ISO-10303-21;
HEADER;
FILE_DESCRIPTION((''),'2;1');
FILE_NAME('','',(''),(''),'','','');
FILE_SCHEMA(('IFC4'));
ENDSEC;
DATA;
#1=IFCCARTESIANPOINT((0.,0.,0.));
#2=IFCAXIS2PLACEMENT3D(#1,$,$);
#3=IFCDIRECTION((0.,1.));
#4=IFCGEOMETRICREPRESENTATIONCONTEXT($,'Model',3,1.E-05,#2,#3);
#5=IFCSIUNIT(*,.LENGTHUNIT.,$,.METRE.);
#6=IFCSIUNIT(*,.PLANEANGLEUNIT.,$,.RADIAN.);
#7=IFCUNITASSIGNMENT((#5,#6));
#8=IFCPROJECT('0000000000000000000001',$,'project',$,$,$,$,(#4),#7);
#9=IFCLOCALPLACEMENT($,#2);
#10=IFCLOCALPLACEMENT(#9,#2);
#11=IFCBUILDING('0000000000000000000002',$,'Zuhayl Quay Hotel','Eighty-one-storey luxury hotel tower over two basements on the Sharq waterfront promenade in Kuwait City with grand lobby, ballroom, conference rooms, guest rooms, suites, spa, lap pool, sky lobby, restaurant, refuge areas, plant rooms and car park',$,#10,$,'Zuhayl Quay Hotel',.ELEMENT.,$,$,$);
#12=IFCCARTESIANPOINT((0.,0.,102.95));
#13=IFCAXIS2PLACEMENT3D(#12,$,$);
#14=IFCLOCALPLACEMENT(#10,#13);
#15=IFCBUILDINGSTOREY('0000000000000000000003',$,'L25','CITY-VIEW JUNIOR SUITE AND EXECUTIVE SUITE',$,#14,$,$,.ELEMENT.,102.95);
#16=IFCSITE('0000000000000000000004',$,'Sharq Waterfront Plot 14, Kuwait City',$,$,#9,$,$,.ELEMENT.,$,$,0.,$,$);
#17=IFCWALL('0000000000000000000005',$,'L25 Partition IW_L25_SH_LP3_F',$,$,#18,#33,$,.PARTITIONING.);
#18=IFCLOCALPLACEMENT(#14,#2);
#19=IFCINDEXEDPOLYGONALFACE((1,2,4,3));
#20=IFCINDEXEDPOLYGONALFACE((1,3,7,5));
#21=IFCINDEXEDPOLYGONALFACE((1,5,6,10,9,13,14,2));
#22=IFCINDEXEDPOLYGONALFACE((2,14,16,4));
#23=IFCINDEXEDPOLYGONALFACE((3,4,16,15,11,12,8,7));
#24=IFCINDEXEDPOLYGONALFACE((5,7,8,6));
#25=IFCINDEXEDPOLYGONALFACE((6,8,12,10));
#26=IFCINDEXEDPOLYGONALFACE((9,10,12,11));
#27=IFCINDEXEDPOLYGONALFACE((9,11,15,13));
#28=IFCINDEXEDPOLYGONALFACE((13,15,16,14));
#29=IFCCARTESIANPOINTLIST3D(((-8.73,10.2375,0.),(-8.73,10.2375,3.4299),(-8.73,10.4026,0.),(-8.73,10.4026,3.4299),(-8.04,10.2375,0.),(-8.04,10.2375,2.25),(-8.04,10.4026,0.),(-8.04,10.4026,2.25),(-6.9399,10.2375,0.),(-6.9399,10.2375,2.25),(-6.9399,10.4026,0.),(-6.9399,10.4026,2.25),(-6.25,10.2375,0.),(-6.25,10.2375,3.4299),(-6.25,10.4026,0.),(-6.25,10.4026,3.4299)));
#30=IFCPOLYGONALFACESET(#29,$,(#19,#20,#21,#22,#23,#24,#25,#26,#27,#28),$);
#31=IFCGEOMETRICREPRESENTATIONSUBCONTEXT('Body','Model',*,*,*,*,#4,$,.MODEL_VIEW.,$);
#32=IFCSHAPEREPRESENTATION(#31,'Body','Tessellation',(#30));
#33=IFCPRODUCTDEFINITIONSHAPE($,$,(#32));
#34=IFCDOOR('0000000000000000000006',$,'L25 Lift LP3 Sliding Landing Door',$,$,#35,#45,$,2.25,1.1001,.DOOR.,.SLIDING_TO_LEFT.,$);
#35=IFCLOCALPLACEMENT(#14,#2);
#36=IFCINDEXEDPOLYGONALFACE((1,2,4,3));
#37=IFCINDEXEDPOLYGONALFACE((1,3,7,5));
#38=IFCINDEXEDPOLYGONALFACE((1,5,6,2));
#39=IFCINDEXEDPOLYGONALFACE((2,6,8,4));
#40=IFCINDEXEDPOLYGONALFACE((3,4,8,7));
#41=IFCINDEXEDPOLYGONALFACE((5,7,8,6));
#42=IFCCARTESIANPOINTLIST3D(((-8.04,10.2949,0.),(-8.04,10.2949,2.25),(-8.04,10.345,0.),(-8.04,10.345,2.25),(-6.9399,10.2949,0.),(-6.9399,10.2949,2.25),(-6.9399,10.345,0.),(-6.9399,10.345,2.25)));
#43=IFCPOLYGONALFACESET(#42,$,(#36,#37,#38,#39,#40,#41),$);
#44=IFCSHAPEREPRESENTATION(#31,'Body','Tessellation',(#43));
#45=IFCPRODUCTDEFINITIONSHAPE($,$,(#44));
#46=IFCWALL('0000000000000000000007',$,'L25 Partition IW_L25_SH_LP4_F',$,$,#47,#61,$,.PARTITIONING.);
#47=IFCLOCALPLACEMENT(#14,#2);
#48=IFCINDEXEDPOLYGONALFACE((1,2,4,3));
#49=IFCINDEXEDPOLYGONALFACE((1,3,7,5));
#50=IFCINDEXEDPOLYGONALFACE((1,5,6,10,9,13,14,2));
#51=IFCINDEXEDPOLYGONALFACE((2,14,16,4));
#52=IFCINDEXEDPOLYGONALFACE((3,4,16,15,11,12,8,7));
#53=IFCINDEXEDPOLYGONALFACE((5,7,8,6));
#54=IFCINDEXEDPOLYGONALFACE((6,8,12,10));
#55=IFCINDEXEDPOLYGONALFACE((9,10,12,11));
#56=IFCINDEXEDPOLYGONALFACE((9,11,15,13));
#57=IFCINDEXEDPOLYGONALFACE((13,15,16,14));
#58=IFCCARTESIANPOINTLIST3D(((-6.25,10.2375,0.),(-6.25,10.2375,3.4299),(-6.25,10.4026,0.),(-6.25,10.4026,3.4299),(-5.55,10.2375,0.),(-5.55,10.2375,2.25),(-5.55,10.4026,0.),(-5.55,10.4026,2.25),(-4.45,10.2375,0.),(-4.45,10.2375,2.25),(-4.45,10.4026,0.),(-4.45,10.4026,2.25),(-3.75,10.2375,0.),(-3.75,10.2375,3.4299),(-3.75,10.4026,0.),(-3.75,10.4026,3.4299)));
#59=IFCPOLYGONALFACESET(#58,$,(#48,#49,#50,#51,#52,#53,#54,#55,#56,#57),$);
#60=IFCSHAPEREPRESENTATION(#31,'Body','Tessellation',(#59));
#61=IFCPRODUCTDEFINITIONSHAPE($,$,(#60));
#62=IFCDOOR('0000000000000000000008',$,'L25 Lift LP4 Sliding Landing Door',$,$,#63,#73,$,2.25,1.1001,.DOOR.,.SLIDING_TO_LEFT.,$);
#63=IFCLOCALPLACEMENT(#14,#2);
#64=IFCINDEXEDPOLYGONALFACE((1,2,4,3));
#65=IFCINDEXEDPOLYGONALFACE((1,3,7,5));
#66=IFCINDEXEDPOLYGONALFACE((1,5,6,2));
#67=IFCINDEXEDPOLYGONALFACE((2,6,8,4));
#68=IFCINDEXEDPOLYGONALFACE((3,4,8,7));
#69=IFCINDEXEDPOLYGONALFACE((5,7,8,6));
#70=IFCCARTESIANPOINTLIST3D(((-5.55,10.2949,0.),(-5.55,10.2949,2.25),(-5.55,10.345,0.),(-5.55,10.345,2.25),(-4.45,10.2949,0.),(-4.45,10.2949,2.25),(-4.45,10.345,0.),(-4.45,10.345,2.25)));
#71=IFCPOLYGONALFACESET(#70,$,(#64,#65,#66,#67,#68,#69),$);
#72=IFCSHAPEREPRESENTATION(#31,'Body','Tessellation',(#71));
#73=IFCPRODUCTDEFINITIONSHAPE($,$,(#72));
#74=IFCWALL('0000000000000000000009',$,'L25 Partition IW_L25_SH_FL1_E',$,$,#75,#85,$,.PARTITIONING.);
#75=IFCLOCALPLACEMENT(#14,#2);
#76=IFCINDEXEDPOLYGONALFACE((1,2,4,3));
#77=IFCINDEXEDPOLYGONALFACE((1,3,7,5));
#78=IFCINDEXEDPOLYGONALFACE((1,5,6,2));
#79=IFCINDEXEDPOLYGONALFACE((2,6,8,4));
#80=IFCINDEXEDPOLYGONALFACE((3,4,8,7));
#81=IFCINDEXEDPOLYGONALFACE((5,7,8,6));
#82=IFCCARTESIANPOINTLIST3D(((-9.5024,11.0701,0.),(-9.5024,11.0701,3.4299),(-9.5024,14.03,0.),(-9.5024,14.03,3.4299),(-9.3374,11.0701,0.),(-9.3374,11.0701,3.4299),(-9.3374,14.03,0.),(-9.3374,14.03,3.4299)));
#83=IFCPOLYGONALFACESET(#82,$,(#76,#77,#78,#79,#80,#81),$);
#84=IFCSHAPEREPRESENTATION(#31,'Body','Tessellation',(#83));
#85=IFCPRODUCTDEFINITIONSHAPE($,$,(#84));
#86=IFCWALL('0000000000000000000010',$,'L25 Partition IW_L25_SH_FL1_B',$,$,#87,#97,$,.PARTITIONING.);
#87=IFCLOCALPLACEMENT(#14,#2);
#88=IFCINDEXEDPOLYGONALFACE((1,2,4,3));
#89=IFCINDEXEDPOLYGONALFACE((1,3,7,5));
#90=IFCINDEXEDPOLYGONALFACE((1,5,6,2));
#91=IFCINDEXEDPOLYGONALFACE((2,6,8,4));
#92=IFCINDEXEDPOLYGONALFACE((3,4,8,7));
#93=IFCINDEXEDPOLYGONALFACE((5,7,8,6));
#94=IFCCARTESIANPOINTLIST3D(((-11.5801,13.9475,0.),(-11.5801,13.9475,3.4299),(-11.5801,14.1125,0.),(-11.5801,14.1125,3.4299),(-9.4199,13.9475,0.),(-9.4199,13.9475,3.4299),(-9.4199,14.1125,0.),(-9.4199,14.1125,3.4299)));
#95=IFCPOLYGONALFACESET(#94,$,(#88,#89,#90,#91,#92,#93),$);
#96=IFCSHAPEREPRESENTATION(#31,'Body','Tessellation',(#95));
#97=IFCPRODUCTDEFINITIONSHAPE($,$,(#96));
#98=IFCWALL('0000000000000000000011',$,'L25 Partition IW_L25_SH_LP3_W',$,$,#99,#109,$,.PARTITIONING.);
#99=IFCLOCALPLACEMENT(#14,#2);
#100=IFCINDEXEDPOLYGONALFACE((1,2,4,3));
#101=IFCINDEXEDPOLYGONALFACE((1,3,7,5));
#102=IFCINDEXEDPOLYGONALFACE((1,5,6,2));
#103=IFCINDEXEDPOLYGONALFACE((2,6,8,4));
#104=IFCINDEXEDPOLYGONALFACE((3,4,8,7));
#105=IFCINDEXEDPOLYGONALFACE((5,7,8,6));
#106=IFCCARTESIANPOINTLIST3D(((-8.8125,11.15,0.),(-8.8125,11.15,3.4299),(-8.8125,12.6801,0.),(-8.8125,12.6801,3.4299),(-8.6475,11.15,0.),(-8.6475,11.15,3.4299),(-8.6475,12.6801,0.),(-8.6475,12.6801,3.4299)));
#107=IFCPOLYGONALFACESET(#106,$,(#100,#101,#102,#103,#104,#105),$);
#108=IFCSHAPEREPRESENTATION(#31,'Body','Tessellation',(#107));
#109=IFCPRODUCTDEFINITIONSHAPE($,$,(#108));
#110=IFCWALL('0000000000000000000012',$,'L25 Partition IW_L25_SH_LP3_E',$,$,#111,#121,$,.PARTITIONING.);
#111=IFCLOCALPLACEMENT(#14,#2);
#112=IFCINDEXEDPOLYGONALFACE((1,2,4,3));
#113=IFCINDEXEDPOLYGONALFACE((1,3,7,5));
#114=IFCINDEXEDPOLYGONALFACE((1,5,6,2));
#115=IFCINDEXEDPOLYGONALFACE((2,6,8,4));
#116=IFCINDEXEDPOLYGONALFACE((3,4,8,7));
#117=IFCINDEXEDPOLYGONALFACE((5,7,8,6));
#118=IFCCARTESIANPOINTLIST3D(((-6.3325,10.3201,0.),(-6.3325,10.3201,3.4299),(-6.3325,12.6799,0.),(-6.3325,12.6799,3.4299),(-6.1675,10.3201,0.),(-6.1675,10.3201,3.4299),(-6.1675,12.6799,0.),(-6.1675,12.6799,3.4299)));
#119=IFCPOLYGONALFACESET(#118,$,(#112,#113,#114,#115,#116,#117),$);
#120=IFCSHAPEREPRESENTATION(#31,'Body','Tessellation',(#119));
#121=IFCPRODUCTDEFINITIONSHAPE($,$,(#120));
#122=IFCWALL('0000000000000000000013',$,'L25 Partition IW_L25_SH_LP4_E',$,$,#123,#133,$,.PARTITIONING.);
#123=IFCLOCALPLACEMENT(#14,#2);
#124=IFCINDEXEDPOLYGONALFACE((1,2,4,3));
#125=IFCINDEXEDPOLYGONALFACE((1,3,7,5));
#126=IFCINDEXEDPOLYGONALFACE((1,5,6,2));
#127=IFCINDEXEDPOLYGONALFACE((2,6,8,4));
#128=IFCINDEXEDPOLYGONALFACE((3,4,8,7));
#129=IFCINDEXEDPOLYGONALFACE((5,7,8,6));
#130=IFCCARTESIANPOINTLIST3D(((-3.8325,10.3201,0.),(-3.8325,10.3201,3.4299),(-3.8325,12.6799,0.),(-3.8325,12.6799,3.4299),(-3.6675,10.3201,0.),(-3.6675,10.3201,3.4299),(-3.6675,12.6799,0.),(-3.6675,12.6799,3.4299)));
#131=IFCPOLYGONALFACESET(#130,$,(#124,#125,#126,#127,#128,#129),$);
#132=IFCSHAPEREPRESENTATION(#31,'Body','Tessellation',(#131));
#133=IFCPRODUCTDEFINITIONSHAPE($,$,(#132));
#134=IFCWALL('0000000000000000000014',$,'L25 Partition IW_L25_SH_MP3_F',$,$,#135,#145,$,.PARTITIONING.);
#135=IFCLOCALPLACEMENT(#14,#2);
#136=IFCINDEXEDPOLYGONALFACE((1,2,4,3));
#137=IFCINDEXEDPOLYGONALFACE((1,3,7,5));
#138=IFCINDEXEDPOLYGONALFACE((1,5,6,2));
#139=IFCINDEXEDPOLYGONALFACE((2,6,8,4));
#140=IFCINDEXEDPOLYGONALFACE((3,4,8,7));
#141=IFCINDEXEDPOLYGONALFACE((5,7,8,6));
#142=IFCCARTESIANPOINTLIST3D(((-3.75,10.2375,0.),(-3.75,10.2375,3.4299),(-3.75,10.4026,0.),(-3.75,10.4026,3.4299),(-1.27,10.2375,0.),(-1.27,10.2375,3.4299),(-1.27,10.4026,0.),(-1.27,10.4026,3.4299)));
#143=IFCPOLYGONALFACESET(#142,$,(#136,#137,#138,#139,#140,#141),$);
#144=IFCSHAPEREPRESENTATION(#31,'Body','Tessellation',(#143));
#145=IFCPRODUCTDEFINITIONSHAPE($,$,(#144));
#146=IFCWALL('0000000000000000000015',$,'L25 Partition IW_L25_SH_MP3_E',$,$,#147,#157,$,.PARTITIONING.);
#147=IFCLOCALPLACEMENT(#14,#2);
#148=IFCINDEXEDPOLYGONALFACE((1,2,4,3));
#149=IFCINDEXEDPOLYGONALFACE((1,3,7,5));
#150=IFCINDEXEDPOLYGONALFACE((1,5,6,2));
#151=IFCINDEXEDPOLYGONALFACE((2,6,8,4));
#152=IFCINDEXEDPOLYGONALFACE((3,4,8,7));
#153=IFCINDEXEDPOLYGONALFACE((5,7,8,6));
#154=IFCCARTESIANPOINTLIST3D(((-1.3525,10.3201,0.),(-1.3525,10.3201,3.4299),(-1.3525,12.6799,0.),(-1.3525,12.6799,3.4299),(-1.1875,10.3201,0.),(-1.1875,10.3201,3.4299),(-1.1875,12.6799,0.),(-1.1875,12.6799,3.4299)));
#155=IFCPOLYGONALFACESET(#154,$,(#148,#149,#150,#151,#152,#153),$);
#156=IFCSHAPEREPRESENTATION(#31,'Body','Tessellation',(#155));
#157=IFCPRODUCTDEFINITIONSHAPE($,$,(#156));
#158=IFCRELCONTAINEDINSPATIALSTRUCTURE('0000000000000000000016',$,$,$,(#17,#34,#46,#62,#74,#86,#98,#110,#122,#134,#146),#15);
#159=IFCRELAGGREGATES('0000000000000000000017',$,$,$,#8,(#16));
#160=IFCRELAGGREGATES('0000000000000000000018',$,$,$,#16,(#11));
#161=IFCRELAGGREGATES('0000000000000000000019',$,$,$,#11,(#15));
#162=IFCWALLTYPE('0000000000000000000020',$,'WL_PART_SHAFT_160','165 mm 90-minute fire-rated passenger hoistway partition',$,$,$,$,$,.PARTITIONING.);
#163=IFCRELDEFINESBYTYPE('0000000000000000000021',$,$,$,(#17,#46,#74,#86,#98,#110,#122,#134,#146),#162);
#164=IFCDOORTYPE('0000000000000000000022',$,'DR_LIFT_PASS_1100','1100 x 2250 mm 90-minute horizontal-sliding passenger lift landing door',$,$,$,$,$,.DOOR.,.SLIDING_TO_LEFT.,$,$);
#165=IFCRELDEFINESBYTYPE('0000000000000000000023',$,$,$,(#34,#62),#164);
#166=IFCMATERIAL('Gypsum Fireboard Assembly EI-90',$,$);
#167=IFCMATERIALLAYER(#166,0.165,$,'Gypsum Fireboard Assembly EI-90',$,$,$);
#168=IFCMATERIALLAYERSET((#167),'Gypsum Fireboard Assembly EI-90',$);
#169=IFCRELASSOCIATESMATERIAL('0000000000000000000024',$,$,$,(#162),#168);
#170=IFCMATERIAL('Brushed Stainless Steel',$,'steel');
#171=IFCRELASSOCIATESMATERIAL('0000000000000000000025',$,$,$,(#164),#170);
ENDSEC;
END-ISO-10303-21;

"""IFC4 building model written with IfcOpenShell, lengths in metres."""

from ifc_helpers import new_model, si_unit, direction, frame, frame_2d, origin, place, context, subcontext, project, spatial, rectangle, extrude, material, layer, layer_set, type_object, element, fill, save


model = new_model("IFC4")

# Units and contexts
model_context = context("Model", 3, precision=1e-05, world=origin(), true_north=direction((0.0, 1.0)))
body_context = subcontext(model_context, "Body", "Model", "MODEL_VIEW")
ifc_project = project(units=[si_unit("LENGTHUNIT", "METRE"), si_unit("PLANEANGLEUNIT", "RADIAN")], contexts=[model_context])

# Site, building, storey
site_placement = place(None, origin())
site = spatial("IfcSite", under=ifc_project, at=site_placement, Name="Sharq Waterfront Plot 14, Kuwait City", CompositionType="ELEMENT", RefElevation=0.0)
building_placement = place(site_placement, origin())
building = spatial("IfcBuilding", under=site, at=building_placement, Name="Zuhayl Quay Hotel", Description="Eighty-one-storey luxury hotel tower over two basements on the Sharq waterfront promenade in Kuwait City with grand lobby, ballroom, conference rooms, guest rooms, suites, spa, lap pool, sky lobby, restaurant, refuge areas, plant rooms and car park", LongName="Zuhayl Quay Hotel", CompositionType="ELEMENT")
storey_placement = place(building_placement, frame((0.0, 0.0, 102.95)))
storey = spatial("IfcBuildingStorey", under=building, at=storey_placement, Name="L25", Description="CITY-VIEW JUNIOR SUITE AND EXECUTIVE SUITE", CompositionType="ELEMENT", Elevation=102.95)

# Walls, openings, doors
ifc_material_1 = material(Name="Gypsum Fireboard Assembly EI-90")
ifc_layer_1 = layer(ifc_material_1, 0.165, Name="Gypsum Fireboard Assembly EI-90")
ifc_layer_set_1 = layer_set([ifc_layer_1], Name="Gypsum Fireboard Assembly EI-90")
wall_type_1 = type_object("IfcWallType", Name="WL_PART_SHAFT_160", Description="165 mm 90-minute fire-rated passenger hoistway partition", PredefinedType="PARTITIONING", material=ifc_layer_set_1)
ifc_material_2 = material(Name="Brushed Stainless Steel", Category="steel")
wall_1_placement = place(storey_placement, frame((-8.73, 10.3201, 0.0), z_axis=(0.0, 0.0, 1.0), x_axis=(1.0, 0.0, 0.0)))
wall_1 = element("IfcWall", 1, at=wall_1_placement, inside=storey, type_object=wall_type_1, Name="L25 Partition IW_L25_SH_LP3_F", PredefinedType="PARTITIONING", context=body_context, shape_type="SweptSolid", body=[
    extrude(rectangle(XDim=2.48, YDim=0.165, at=frame_2d((1.24, 0.0))), origin(), (0.0, 0.0, 1.0), 3.4299),
])
opening_1_placement = place(wall_1_placement, frame((0.6899, 0.0, 0.0)))
opening_1 = element("IfcOpeningElement", 2, at=opening_1_placement, cuts=wall_1, PredefinedType="OPENING", context=body_context, shape_type="SweptSolid", body=[
    extrude(rectangle(XDim=1.1001, YDim=2.25, at=frame_2d((0.55, 1.125))), frame((0.0, 0.0925, 0.0), z_axis=(0.0, -1.0, 0.0), x_axis=(1.0, 0.0, 0.0)), (0.0, 0.0, 1.0), 0.1851),
])
door_type_1 = type_object("IfcDoorType", Name="DR_LIFT_PASS_1100", Description="1100 x 2250 mm 90-minute horizontal-sliding passenger lift landing door", OperationType="SLIDING_TO_LEFT", PredefinedType="DOOR", material=ifc_material_2)
door_1_placement = place(opening_1_placement, origin())
door_1 = element("IfcDoor", 3, at=door_1_placement, inside=storey, type_object=door_type_1, Name="L25 Lift LP3 Sliding Landing Door", OperationType="SLIDING_TO_LEFT", OverallHeight=2.25, OverallWidth=1.1001, PredefinedType="DOOR", context=body_context, shape_type="SweptSolid", body=[
    extrude(rectangle(XDim=1.1001, YDim=2.25, at=frame_2d((0.55, 1.125))), frame((0.0, 0.0249, 0.0), z_axis=(0.0, -1.0, 0.0), x_axis=(1.0, 0.0, 0.0)), (0.0, 0.0, 1.0), 0.05),
])
fill(opening_1, door_1)
wall_2_placement = place(storey_placement, frame((-6.25, 10.3201, 0.0), z_axis=(0.0, 0.0, 1.0), x_axis=(1.0, 0.0, 0.0)))
wall_2 = element("IfcWall", 4, at=wall_2_placement, inside=storey, type_object=wall_type_1, Name="L25 Partition IW_L25_SH_LP4_F", PredefinedType="PARTITIONING", context=body_context, shape_type="SweptSolid", body=[
    extrude(rectangle(XDim=2.5, YDim=0.165, at=frame_2d((1.25, 0.0))), origin(), (0.0, 0.0, 1.0), 3.4299),
])
opening_2_placement = place(wall_2_placement, frame((0.7, 0.0, 0.0)))
opening_2 = element("IfcOpeningElement", 5, at=opening_2_placement, cuts=wall_2, PredefinedType="OPENING", context=body_context, shape_type="SweptSolid", body=[
    extrude(rectangle(XDim=1.1001, YDim=2.25, at=frame_2d((0.55, 1.125))), frame((0.0, 0.0925, 0.0), z_axis=(0.0, -1.0, 0.0), x_axis=(1.0, 0.0, 0.0)), (0.0, 0.0, 1.0), 0.1851),
])
door_2_placement = place(opening_2_placement, origin())
door_2 = element("IfcDoor", 6, at=door_2_placement, inside=storey, type_object=door_type_1, Name="L25 Lift LP4 Sliding Landing Door", OperationType="SLIDING_TO_LEFT", OverallHeight=2.25, OverallWidth=1.1001, PredefinedType="DOOR", context=body_context, shape_type="SweptSolid", body=[
    extrude(rectangle(XDim=1.1001, YDim=2.25, at=frame_2d((0.55, 1.125))), frame((0.0, 0.0249, 0.0), z_axis=(0.0, -1.0, 0.0), x_axis=(1.0, 0.0, 0.0)), (0.0, 0.0, 1.0), 0.05),
])
fill(opening_2, door_2)

# Walls
wall_3_placement = place(storey_placement, frame((-9.4199, 11.0701, 0.0), z_axis=(0.0, 0.0, 1.0), x_axis=(0.0, 1.0, 0.0)))
element("IfcWall", 7, at=wall_3_placement, inside=storey, type_object=wall_type_1, Name="L25 Partition IW_L25_SH_FL1_E", PredefinedType="PARTITIONING", context=body_context, shape_type="SweptSolid", body=[
    extrude(rectangle(XDim=2.96, YDim=0.165, at=frame_2d((1.48, 0.0))), origin(), (0.0, 0.0, 1.0), 3.4299),
])
wall_4_placement = place(storey_placement, frame((-11.5801, 14.03, 0.0), z_axis=(0.0, 0.0, 1.0), x_axis=(1.0, 0.0, 0.0)))
element("IfcWall", 8, at=wall_4_placement, inside=storey, type_object=wall_type_1, Name="L25 Partition IW_L25_SH_FL1_B", PredefinedType="PARTITIONING", context=body_context, shape_type="SweptSolid", body=[
    extrude(rectangle(XDim=2.1602, YDim=0.165, at=frame_2d((1.0801, 0.0))), origin(), (0.0, 0.0, 1.0), 3.4299),
])
wall_5_placement = place(storey_placement, frame((-8.73, 11.1499, 0.0), z_axis=(0.0, 0.0, 1.0), x_axis=(0.0, 1.0, 0.0)))
element("IfcWall", 9, at=wall_5_placement, inside=storey, type_object=wall_type_1, Name="L25 Partition IW_L25_SH_LP3_W", PredefinedType="PARTITIONING", context=body_context, shape_type="SweptSolid", body=[
    extrude(rectangle(XDim=1.53, YDim=0.165, at=frame_2d((0.7651, 0.0))), origin(), (0.0, 0.0, 1.0), 3.4299),
])
for number, where, z_axis, x_axis, name in (
    (10, (-6.25, 10.3201, 0.0), (0.0, 0.0, 1.0), (0.0, 1.0, 0.0), "L25 Partition IW_L25_SH_LP3_E"),
    (11, (-3.75, 10.3201, 0.0), (0.0, 0.0, 1.0), (0.0, 1.0, 0.0), "L25 Partition IW_L25_SH_LP4_E"),
):
    element("IfcWall", number, at=place(storey_placement, frame(where, z_axis=z_axis, x_axis=x_axis)), inside=storey, type_object=wall_type_1, Name=name, PredefinedType="PARTITIONING", context=body_context, shape_type="SweptSolid", body=[
        extrude(rectangle(XDim=2.3599, YDim=0.165, at=frame_2d((1.1799, 0.0))), origin(), (0.0, 0.0, 1.0), 3.4299),
    ])
wall_6_placement = place(storey_placement, frame((-3.75, 10.3201, 0.0), z_axis=(0.0, 0.0, 1.0), x_axis=(1.0, 0.0, 0.0)))
element("IfcWall", 12, at=wall_6_placement, inside=storey, type_object=wall_type_1, Name="L25 Partition IW_L25_SH_MP3_F", PredefinedType="PARTITIONING", context=body_context, shape_type="SweptSolid", body=[
    extrude(rectangle(XDim=2.48, YDim=0.165, at=frame_2d((1.24, 0.0))), origin(), (0.0, 0.0, 1.0), 3.4299),
])
wall_7_placement = place(storey_placement, frame((-1.27, 10.3201, 0.0), z_axis=(0.0, 0.0, 1.0), x_axis=(0.0, 1.0, 0.0)))
element("IfcWall", 13, at=wall_7_placement, inside=storey, type_object=wall_type_1, Name="L25 Partition IW_L25_SH_MP3_E", PredefinedType="PARTITIONING", context=body_context, shape_type="SweptSolid", body=[
    extrude(rectangle(XDim=2.3599, YDim=0.165, at=frame_2d((1.1799, 0.0))), origin(), (0.0, 0.0, 1.0), 3.4299),
])

save(model, "model.ifc")
